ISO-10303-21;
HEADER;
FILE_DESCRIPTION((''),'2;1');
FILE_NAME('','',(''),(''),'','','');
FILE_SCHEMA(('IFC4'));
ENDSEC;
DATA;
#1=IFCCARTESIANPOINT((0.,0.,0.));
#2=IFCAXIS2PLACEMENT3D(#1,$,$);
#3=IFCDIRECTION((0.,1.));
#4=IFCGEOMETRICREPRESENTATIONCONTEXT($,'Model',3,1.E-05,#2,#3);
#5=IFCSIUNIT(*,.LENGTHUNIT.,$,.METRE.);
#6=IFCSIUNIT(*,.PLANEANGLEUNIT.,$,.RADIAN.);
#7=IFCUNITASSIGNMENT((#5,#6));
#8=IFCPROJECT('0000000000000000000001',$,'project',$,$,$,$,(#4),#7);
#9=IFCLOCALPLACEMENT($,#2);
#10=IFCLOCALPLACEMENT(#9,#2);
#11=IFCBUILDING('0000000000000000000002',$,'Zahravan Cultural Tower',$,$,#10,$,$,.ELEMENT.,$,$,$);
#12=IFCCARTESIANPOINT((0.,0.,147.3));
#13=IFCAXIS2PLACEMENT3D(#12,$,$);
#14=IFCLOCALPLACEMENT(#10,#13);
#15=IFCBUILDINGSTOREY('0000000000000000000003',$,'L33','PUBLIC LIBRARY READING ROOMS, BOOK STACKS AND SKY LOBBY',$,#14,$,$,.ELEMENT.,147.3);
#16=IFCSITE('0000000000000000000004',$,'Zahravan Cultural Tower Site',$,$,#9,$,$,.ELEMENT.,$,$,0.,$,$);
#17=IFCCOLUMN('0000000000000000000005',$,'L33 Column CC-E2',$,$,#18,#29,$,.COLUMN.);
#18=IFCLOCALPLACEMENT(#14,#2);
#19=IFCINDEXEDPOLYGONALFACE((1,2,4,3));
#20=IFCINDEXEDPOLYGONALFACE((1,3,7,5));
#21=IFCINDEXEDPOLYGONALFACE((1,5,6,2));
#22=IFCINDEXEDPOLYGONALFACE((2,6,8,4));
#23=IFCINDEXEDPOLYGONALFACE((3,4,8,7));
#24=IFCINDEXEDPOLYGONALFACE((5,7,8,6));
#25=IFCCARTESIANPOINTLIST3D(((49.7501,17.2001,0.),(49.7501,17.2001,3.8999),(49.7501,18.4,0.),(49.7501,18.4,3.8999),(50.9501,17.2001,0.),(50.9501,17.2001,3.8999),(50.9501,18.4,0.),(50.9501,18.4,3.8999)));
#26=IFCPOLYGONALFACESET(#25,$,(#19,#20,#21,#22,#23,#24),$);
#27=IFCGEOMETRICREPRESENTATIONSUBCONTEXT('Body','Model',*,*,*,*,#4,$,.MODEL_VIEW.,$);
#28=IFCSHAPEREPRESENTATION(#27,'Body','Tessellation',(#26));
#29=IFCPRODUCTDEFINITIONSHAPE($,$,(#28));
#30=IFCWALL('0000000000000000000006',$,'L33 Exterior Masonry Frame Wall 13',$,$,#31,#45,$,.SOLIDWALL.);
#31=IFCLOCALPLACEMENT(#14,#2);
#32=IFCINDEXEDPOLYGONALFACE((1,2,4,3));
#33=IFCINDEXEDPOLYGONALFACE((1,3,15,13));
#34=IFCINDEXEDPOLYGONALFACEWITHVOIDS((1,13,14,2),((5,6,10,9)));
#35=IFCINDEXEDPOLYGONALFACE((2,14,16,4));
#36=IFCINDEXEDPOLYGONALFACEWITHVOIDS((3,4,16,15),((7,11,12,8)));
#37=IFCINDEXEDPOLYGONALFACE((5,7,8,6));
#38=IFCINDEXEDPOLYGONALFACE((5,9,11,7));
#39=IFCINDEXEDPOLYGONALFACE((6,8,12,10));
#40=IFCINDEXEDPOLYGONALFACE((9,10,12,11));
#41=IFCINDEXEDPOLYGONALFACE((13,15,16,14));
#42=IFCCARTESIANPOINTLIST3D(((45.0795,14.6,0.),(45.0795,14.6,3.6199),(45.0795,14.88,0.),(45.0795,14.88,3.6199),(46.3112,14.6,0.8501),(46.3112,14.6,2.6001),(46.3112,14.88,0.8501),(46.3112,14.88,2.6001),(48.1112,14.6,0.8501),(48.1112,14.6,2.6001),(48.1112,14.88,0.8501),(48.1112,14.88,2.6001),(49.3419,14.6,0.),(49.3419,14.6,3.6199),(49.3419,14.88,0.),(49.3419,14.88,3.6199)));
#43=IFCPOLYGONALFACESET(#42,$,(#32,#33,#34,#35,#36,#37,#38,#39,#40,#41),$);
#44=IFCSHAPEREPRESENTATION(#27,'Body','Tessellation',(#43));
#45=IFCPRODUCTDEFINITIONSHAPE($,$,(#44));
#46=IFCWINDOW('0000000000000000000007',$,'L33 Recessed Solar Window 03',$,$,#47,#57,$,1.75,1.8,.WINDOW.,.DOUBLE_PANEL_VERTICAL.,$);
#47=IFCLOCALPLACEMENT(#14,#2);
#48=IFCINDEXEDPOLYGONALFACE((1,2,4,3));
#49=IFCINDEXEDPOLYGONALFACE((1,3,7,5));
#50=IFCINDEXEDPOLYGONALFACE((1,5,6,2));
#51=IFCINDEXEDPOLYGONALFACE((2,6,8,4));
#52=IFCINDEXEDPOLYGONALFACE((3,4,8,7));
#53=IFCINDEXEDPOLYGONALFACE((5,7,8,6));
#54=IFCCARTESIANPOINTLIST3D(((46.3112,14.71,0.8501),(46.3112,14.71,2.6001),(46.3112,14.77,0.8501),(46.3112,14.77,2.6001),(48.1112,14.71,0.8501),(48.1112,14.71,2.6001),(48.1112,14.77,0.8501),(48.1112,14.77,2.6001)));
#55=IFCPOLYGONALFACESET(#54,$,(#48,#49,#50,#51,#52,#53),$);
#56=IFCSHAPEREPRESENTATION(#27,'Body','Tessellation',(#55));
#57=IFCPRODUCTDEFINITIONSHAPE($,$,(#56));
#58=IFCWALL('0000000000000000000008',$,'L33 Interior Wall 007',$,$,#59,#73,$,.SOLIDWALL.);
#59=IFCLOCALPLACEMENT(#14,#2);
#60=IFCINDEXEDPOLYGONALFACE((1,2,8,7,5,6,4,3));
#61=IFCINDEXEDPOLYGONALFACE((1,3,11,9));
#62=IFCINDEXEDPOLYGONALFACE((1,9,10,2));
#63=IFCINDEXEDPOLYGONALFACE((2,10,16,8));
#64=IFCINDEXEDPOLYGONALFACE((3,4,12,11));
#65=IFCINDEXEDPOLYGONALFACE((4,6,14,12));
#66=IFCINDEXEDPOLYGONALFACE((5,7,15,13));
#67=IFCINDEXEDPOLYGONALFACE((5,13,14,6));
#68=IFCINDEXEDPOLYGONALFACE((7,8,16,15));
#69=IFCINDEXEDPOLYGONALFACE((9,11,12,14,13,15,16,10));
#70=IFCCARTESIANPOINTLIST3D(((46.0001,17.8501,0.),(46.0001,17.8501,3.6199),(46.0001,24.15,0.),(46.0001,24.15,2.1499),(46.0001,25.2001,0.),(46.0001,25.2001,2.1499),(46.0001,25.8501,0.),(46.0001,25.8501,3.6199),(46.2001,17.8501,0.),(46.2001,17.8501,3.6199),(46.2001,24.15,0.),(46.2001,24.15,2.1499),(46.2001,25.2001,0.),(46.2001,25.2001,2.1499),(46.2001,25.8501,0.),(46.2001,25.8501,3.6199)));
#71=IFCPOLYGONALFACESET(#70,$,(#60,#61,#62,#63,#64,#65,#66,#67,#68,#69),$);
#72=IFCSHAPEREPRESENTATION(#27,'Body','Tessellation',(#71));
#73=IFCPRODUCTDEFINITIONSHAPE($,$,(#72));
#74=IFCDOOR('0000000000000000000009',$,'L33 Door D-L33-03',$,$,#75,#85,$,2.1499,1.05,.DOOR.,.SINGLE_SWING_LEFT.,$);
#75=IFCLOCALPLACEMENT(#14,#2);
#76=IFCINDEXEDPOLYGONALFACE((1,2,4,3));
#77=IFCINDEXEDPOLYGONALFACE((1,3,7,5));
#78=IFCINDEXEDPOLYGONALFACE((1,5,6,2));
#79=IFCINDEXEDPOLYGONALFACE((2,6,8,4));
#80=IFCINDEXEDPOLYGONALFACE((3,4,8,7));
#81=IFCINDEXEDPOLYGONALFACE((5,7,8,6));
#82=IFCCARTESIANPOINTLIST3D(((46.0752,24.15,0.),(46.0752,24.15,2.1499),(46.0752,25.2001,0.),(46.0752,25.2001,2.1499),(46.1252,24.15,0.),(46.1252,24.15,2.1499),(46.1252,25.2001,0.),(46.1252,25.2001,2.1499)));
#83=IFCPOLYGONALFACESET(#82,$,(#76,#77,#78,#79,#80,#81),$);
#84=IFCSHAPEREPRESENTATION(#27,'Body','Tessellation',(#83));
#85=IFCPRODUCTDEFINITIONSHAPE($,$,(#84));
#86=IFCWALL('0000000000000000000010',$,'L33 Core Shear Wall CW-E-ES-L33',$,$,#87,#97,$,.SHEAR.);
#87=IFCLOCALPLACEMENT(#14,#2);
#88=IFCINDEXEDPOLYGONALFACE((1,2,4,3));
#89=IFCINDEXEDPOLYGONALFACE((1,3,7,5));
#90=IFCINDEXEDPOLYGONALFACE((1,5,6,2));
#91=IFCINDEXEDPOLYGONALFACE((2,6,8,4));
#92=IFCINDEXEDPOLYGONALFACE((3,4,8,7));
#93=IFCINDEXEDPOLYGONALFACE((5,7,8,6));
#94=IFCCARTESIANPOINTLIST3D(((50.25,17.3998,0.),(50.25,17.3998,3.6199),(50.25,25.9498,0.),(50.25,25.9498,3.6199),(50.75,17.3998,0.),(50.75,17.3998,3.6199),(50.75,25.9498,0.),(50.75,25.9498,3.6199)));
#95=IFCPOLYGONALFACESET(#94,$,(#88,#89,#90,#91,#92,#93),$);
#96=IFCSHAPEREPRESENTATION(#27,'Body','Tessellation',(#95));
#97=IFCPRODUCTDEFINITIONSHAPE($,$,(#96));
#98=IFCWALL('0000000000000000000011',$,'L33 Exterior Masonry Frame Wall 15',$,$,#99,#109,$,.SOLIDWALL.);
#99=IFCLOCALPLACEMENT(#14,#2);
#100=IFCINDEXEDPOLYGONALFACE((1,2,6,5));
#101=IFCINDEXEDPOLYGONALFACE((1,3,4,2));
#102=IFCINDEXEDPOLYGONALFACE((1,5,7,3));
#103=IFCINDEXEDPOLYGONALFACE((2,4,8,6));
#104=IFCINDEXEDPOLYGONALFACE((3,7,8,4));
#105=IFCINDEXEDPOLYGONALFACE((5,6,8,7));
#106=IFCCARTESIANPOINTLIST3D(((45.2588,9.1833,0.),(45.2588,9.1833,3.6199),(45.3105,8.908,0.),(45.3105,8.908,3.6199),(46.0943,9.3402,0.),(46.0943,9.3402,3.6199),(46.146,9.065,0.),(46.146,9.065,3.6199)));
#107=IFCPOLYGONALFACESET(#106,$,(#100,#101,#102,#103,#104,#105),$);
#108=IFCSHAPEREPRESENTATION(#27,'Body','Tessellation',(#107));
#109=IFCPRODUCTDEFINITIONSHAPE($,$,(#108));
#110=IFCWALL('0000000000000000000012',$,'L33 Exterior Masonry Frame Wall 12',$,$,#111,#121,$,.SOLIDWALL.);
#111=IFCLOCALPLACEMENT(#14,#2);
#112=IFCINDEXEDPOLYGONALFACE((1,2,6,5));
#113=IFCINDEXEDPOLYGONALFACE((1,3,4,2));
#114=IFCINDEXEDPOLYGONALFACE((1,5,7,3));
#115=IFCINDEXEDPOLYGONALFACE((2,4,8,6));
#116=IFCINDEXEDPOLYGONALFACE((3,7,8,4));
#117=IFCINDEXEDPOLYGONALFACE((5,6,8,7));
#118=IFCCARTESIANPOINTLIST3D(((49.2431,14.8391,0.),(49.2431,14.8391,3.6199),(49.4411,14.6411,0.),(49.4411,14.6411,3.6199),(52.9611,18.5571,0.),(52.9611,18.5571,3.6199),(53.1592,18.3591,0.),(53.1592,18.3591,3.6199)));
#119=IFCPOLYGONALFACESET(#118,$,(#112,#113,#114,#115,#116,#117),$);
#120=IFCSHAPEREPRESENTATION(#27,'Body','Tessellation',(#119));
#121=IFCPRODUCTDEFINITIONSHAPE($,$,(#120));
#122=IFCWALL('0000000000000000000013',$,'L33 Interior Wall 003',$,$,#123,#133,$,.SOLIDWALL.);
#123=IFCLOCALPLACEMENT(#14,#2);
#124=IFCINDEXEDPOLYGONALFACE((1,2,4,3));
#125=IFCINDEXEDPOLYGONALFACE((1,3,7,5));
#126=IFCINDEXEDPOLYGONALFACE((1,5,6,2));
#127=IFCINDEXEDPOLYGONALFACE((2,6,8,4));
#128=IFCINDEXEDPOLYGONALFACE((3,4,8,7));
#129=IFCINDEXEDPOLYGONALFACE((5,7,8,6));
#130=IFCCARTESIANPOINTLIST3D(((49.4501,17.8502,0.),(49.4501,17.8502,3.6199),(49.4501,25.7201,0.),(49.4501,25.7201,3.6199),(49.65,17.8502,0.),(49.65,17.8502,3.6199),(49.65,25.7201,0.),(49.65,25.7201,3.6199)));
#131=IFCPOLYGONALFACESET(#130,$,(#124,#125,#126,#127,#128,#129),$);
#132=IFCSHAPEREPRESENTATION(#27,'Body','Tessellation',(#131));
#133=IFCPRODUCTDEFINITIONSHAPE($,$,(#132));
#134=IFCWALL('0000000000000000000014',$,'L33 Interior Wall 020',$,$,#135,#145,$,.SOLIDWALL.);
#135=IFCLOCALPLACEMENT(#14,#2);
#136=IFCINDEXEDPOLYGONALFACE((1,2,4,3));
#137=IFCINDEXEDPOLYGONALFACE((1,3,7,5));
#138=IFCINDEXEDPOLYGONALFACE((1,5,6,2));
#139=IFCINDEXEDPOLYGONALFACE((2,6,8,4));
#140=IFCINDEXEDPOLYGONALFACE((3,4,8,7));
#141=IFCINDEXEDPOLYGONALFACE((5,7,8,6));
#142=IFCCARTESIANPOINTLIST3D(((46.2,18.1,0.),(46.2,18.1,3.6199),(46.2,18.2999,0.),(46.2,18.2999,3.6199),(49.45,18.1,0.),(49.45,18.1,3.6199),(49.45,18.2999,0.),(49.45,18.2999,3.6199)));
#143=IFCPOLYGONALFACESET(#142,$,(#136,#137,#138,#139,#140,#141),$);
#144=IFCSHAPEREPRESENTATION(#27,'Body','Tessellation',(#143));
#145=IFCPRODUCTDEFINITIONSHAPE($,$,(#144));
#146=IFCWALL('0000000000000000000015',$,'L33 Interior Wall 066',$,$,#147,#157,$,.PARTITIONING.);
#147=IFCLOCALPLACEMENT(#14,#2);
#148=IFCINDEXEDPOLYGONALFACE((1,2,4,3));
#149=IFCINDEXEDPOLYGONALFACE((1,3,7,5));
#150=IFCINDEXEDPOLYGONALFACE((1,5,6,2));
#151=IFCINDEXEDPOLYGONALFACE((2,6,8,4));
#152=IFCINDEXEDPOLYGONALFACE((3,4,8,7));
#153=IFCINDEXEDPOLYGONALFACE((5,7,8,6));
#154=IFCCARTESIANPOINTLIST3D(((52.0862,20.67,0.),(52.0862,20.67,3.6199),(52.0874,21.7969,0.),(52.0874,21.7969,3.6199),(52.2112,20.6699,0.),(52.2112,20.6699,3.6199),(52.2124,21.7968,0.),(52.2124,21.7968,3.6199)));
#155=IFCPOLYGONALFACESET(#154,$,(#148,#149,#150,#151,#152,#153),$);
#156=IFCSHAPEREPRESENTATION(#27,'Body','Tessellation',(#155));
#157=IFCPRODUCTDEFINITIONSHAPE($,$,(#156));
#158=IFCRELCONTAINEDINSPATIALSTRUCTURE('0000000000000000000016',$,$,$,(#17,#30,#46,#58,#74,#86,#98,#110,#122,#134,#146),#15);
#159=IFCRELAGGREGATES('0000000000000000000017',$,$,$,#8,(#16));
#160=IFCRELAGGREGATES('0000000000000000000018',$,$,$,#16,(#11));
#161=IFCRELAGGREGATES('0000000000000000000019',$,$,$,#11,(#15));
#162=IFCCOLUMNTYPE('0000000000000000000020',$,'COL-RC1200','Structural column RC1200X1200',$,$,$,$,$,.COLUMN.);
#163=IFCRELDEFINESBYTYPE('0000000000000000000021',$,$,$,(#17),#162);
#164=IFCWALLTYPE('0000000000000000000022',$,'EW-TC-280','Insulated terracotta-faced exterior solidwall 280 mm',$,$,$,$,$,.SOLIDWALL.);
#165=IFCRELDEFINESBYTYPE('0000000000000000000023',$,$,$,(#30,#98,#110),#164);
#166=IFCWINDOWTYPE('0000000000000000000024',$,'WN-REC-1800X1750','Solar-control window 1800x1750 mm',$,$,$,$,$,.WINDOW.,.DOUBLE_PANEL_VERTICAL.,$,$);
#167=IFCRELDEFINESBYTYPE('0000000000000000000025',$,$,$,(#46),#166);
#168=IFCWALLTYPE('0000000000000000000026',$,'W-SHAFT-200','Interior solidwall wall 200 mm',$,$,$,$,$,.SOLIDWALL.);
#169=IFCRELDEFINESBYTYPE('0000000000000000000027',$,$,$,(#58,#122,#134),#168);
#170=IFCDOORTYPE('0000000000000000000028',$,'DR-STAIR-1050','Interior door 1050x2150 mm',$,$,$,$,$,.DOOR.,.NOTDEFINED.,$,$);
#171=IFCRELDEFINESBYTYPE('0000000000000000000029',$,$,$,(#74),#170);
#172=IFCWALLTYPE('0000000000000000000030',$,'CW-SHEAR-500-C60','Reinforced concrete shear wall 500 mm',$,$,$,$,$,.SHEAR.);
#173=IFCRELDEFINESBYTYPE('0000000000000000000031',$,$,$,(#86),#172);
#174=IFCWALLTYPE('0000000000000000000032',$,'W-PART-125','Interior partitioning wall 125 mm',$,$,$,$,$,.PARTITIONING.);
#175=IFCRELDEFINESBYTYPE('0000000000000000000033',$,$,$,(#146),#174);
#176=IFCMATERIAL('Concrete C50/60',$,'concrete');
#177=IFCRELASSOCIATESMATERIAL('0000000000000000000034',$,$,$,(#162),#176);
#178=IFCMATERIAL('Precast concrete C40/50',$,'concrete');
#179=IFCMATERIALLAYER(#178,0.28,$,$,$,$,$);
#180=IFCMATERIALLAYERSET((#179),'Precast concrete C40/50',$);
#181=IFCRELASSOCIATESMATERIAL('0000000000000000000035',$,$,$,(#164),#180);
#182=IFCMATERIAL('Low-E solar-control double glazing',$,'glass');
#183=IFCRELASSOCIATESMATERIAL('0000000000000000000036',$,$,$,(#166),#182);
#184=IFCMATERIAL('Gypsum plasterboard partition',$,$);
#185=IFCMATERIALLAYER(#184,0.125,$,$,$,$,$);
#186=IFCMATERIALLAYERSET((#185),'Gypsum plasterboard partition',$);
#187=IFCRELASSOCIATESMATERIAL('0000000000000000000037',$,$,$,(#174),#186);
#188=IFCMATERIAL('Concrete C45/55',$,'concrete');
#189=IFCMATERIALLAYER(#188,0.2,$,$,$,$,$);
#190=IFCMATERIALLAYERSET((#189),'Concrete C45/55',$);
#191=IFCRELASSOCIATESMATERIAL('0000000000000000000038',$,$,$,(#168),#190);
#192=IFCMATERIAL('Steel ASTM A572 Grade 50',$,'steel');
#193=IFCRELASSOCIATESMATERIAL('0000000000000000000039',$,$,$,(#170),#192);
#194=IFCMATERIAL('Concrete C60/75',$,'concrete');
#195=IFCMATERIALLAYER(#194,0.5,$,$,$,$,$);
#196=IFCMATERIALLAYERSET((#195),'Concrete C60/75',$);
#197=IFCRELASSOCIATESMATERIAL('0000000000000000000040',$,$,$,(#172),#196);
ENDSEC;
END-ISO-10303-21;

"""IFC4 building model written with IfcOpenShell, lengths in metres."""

from ifc_helpers import new_model, si_unit, direction, frame, frame_2d, origin, origin_2d, place, context, subcontext, project, spatial, rectangle, extrude, source, transform, mapped, material, layer, layer_set, material_profile, profile_set, type_object, element, fill, save


model = new_model("IFC4")

# Units and contexts
model_context = context("Model", 3, precision=1e-05, world=origin(), true_north=direction((0.0, 1.0)))
body_context = subcontext(model_context, "Body", "Model", "MODEL_VIEW")
ifc_project = project(units=[si_unit("LENGTHUNIT", "METRE"), si_unit("PLANEANGLEUNIT", "RADIAN")], contexts=[model_context])

# Site, building, storey
site_placement = place(None, origin())
site = spatial("IfcSite", under=ifc_project, at=site_placement, Name="Zahravan Cultural Tower Site", CompositionType="ELEMENT", RefElevation=0.0)
building_placement = place(site_placement, origin())
building = spatial("IfcBuilding", under=site, at=building_placement, Name="Zahravan Cultural Tower", CompositionType="ELEMENT")
storey_placement = place(building_placement, frame((0.0, 0.0, 147.3)))
storey = spatial("IfcBuildingStorey", under=building, at=storey_placement, Name="L33", Description="PUBLIC LIBRARY READING ROOMS, BOOK STACKS AND SKY LOBBY", CompositionType="ELEMENT", Elevation=147.3)

# Column
ifc_material_1 = material(Name="Concrete C50/60", Category="concrete")
ifc_material_profile = material_profile(ifc_material_1, rectangle(XDim=1.2, YDim=1.2, at=origin_2d()), Name="RC1200X1200")
ifc_profile_set = profile_set([ifc_material_profile], Name="Concrete C50/60")
column_type = type_object("IfcColumnType", Name="COL-RC1200", Description="Structural column RC1200X1200", PredefinedType="COLUMN", material=ifc_profile_set)
shared_shape_1 = source(origin(), body_context, "Body", "SweptSolid", [
    extrude(rectangle(XDim=1.2, YDim=1.2, at=origin_2d()), origin(), (0.0, 0.0, 1.0), 3.8999),
])
column_placement = place(storey_placement, frame((50.3501, 17.8, 0.0), z_axis=(0.0, 0.0, 1.0), x_axis=(1.0, 0.0, 0.0)))
element("IfcColumn", 1, at=column_placement, inside=storey, type_object=column_type, Name="L33 Column CC-E2", PredefinedType="COLUMN", context=body_context, shape_type="MappedRepresentation", body=[
    mapped(shared_shape_1, transform((0.0, 0.0, 0.0), x_axis=(1.0, 0.0, 0.0), y_axis=(0.0, 1.0, 0.0), z_axis=(0.0, 0.0, 1.0), scale=1.0)),
])

# Wall, opening, window
ifc_material_2 = material(Name="Precast concrete C40/50", Category="concrete")
ifc_layer_1 = layer(ifc_material_2, 0.28)
ifc_layer_set_1 = layer_set([ifc_layer_1], Name="Precast concrete C40/50")
wall_type_1 = type_object("IfcWallType", Name="EW-TC-280", Description="Insulated terracotta-faced exterior solidwall 280 mm", PredefinedType="SOLIDWALL", material=ifc_layer_set_1)
wall_1_placement = place(storey_placement, frame((49.342, 14.74, 0.0), z_axis=(0.0, 0.0, 1.0), x_axis=(-1.0, 0.0, 0.0)))
wall_1 = element("IfcWall", 2, at=wall_1_placement, inside=storey, type_object=wall_type_1, Name="L33 Exterior Masonry Frame Wall 13", PredefinedType="SOLIDWALL", context=body_context, shape_type="SweptSolid", body=[
    extrude(rectangle(XDim=4.2625, YDim=0.28, at=frame_2d((2.1313, 0.0))), origin(), (0.0, 0.0, 1.0), 3.6199),
])
opening_1_placement = place(wall_1_placement, frame((1.231, 0.0, 0.8501)))
opening_1 = element("IfcOpeningElement", 3, at=opening_1_placement, cuts=wall_1, PredefinedType="OPENING", context=body_context, shape_type="SweptSolid", body=[
    extrude(rectangle(XDim=1.8, YDim=1.75, at=frame_2d((0.8999, 0.875))), frame((0.0, 0.1499, 0.0), z_axis=(0.0, -1.0, 0.0), x_axis=(1.0, 0.0, 0.0)), (0.0, 0.0, 1.0), 0.3),
])
ifc_material_3 = material(Name="Low-E solar-control double glazing", Category="glass")
window_type = type_object("IfcWindowType", Name="WN-REC-1800X1750", Description="Solar-control window 1800x1750 mm", PartitioningType="DOUBLE_PANEL_VERTICAL", PredefinedType="WINDOW", material=ifc_material_3)
shared_shape_2 = source(origin(), body_context, "Body", "SweptSolid", [
    extrude(rectangle(XDim=1.8, YDim=1.75, at=frame_2d((0.8999, 0.875))), frame((0.0, 0.03, 0.0), z_axis=(0.0, -1.0, 0.0), x_axis=(1.0, 0.0, 0.0)), (0.0, 0.0, 1.0), 0.0601),
])
window_placement = place(opening_1_placement, origin())
window = element("IfcWindow", 4, at=window_placement, inside=storey, type_object=window_type, Name="L33 Recessed Solar Window 03", OverallHeight=1.75, OverallWidth=1.8, PartitioningType="DOUBLE_PANEL_VERTICAL", PredefinedType="WINDOW", context=body_context, shape_type="MappedRepresentation", body=[
    mapped(shared_shape_2, transform((0.0, 0.0, 0.0), x_axis=(1.0, 0.0, 0.0), y_axis=(0.0, 1.0, 0.0), z_axis=(0.0, 0.0, 1.0), scale=1.0)),
])
fill(opening_1, window)

# Wall, opening, door
ifc_material_4 = material(Name="Gypsum plasterboard partition")
ifc_layer_2 = layer(ifc_material_4, 0.125)
ifc_layer_set_2 = layer_set([ifc_layer_2], Name="Gypsum plasterboard partition")
wall_type_2 = type_object("IfcWallType", Name="W-PART-125", Description="Interior partitioning wall 125 mm", PredefinedType="PARTITIONING", material=ifc_layer_set_2)
ifc_material_5 = material(Name="Concrete C45/55", Category="concrete")
ifc_layer_3 = layer(ifc_material_5, 0.2)
ifc_layer_set_3 = layer_set([ifc_layer_3], Name="Concrete C45/55")
wall_type_3 = type_object("IfcWallType", Name="W-SHAFT-200", Description="Interior solidwall wall 200 mm", PredefinedType="SOLIDWALL", material=ifc_layer_set_3)
wall_2_placement = place(storey_placement, frame((46.1001, 17.8501, 0.0), z_axis=(0.0, 0.0, 1.0), x_axis=(0.0, 1.0, 0.0)))
wall_2 = element("IfcWall", 5, at=wall_2_placement, inside=storey, type_object=wall_type_3, Name="L33 Interior Wall 007", PredefinedType="SOLIDWALL", context=body_context, shape_type="SweptSolid", body=[
    extrude(rectangle(XDim=8.0, YDim=0.2, at=frame_2d((4.0, 0.0))), origin(), (0.0, 0.0, 1.0), 3.6199),
])
opening_2_placement = place(wall_2_placement, frame((6.3, 0.0, 0.0)))
opening_2 = element("IfcOpeningElement", 6, at=opening_2_placement, cuts=wall_2, PredefinedType="OPENING", context=body_context, shape_type="SweptSolid", body=[
    extrude(rectangle(XDim=1.05, YDim=2.1499, at=frame_2d((0.5249, 1.075))), frame((0.0, 0.1099, 0.0), z_axis=(0.0, -1.0, 0.0), x_axis=(1.0, 0.0, 0.0)), (0.0, 0.0, 1.0), 0.22),
])
ifc_material_6 = material(Name="Steel ASTM A572 Grade 50", Category="steel")
door_type_1 = type_object("IfcDoorType", Name="DR-STAIR-1050", Description="Interior door 1050x2150 mm", OperationType="NOTDEFINED", PredefinedType="DOOR", material=ifc_material_6)
shared_shape_3 = source(origin(), body_context, "Body", "SweptSolid", [
    extrude(rectangle(XDim=1.05, YDim=2.1499, at=frame_2d((0.5249, 1.075))), frame((0.0, 0.0249, 0.0), z_axis=(0.0, -1.0, 0.0), x_axis=(1.0, 0.0, 0.0)), (0.0, 0.0, 1.0), 0.05),
])
door_1_placement = place(opening_2_placement, origin())
door_1 = element("IfcDoor", 7, at=door_1_placement, inside=storey, type_object=door_type_1, Name="L33 Door D-L33-03", OperationType="SINGLE_SWING_LEFT", OverallHeight=2.1499, OverallWidth=1.05, PredefinedType="DOOR", context=body_context, shape_type="MappedRepresentation", body=[
    mapped(shared_shape_3, transform((0.0, 0.0, 0.0), x_axis=(1.0, 0.0, 0.0), y_axis=(0.0, 1.0, 0.0), z_axis=(0.0, 0.0, 1.0), scale=1.0)),
])
fill(opening_2, door_1)

# Walls
ifc_material_7 = material(Name="Concrete C60/75", Category="concrete")
ifc_layer_4 = layer(ifc_material_7, 0.5)
ifc_layer_set_4 = layer_set([ifc_layer_4], Name="Concrete C60/75")
wall_type_4 = type_object("IfcWallType", Name="CW-SHEAR-500-C60", Description="Reinforced concrete shear wall 500 mm", PredefinedType="SHEAR", material=ifc_layer_set_4)
shared_shape_4 = source(origin(), body_context, "Body", "SweptSolid", [
    extrude(rectangle(XDim=8.55, YDim=0.5, at=frame_2d((4.2749, 0.0))), origin(), (0.0, 0.0, 1.0), 3.6199),
])
wall_3_placement = place(storey_placement, frame((50.5, 17.3999, 0.0), z_axis=(0.0, 0.0, 1.0), x_axis=(0.0, 1.0, 0.0)))
element("IfcWall", 8, at=wall_3_placement, inside=storey, type_object=wall_type_4, Name="L33 Core Shear Wall CW-E-ES-L33", PredefinedType="SHEAR", context=body_context, shape_type="MappedRepresentation", body=[
    mapped(shared_shape_4, transform((0.0, 0.0, 0.0), x_axis=(1.0, 0.0, 0.0), y_axis=(0.0, 1.0, 0.0), z_axis=(0.0, 0.0, 1.0), scale=1.0)),
])
shared_shape_5 = source(origin(), body_context, "Body", "SweptSolid", [
    extrude(rectangle(XDim=0.8501, YDim=0.28, at=frame_2d((0.425, 0.0))), origin(), (0.0, 0.0, 1.0), 3.6199),
])
wall_4_placement = place(storey_placement, frame((46.1201, 9.2026, 0.0), z_axis=(0.0, 0.0, 1.0), x_axis=(-0.982801, -0.18467, 0.0)))
element("IfcWall", 9, at=wall_4_placement, inside=storey, type_object=wall_type_1, Name="L33 Exterior Masonry Frame Wall 15", PredefinedType="SOLIDWALL", context=body_context, shape_type="MappedRepresentation", body=[
    mapped(shared_shape_5, transform((0.0, 0.0, 0.0), x_axis=(1.0, 0.0, 0.0), y_axis=(0.0, 1.0, 0.0), z_axis=(0.0, 0.0, 1.0), scale=1.0)),
])
shared_shape_6 = source(origin(), body_context, "Body", "SweptSolid", [
    extrude(rectangle(XDim=5.2581, YDim=0.28, at=frame_2d((2.6289, 0.0))), origin(), (0.0, 0.0, 1.0), 3.6199),
])
wall_5_placement = place(storey_placement, frame((53.0601, 18.458, 0.0), z_axis=(0.0, 0.0, 1.0), x_axis=(-0.707107, -0.707107, 0.0)))
element("IfcWall", 10, at=wall_5_placement, inside=storey, type_object=wall_type_1, Name="L33 Exterior Masonry Frame Wall 12", PredefinedType="SOLIDWALL", context=body_context, shape_type="MappedRepresentation", body=[
    mapped(shared_shape_6, transform((0.0, 0.0, 0.0), x_axis=(1.0, 0.0, 0.0), y_axis=(0.0, 1.0, 0.0), z_axis=(0.0, 0.0, 1.0), scale=1.0)),
])
shared_shape_7 = source(origin(), body_context, "Body", "SweptSolid", [
    extrude(rectangle(XDim=7.8699, YDim=0.2, at=frame_2d((3.9351, 0.0))), origin(), (0.0, 0.0, 1.0), 3.6199),
])
wall_6_placement = place(storey_placement, frame((49.55, 17.8501, 0.0), z_axis=(0.0, 0.0, 1.0), x_axis=(0.0, 1.0, 0.0)))
element("IfcWall", 11, at=wall_6_placement, inside=storey, type_object=wall_type_3, Name="L33 Interior Wall 003", PredefinedType="SOLIDWALL", context=body_context, shape_type="MappedRepresentation", body=[
    mapped(shared_shape_7, transform((0.0, 0.0, 0.0), x_axis=(1.0, 0.0, 0.0), y_axis=(0.0, 1.0, 0.0), z_axis=(0.0, 0.0, 1.0), scale=1.0)),
])
shared_shape_8 = source(origin(), body_context, "Body", "SweptSolid", [
    extrude(rectangle(XDim=3.25, YDim=0.2, at=frame_2d((1.625, 0.0))), origin(), (0.0, 0.0, 1.0), 3.6199),
])
wall_7_placement = place(storey_placement, frame((46.2, 18.2, 0.0), z_axis=(0.0, 0.0, 1.0), x_axis=(1.0, 0.0, 0.0)))
element("IfcWall", 12, at=wall_7_placement, inside=storey, type_object=wall_type_3, Name="L33 Interior Wall 020", PredefinedType="SOLIDWALL", context=body_context, shape_type="MappedRepresentation", body=[
    mapped(shared_shape_8, transform((0.0, 0.0, 0.0), x_axis=(1.0, 0.0, 0.0), y_axis=(0.0, 1.0, 0.0), z_axis=(0.0, 0.0, 1.0), scale=1.0)),
])
shared_shape_9 = source(origin(), body_context, "Body", "SweptSolid", [
    extrude(rectangle(XDim=1.127, YDim=0.125, at=frame_2d((0.5635, 0.0))), origin(), (0.0, 0.0, 1.0), 3.6199),
])
wall_8_placement = place(storey_placement, frame((52.1487, 20.6699, 0.0), z_axis=(0.0, 0.0, 1.0), x_axis=(0.001083, 0.999999, 0.0)))
element("IfcWall", 13, at=wall_8_placement, inside=storey, type_object=wall_type_2, Name="L33 Interior Wall 066", PredefinedType="PARTITIONING", context=body_context, shape_type="MappedRepresentation", body=[
    mapped(shared_shape_9, transform((0.0, 0.0, 0.0), x_axis=(1.0, 0.0, 0.0), y_axis=(0.0, 1.0, 0.0), z_axis=(0.0, 0.0, 1.0), scale=1.0)),
])

save(model, "model.ifc")
